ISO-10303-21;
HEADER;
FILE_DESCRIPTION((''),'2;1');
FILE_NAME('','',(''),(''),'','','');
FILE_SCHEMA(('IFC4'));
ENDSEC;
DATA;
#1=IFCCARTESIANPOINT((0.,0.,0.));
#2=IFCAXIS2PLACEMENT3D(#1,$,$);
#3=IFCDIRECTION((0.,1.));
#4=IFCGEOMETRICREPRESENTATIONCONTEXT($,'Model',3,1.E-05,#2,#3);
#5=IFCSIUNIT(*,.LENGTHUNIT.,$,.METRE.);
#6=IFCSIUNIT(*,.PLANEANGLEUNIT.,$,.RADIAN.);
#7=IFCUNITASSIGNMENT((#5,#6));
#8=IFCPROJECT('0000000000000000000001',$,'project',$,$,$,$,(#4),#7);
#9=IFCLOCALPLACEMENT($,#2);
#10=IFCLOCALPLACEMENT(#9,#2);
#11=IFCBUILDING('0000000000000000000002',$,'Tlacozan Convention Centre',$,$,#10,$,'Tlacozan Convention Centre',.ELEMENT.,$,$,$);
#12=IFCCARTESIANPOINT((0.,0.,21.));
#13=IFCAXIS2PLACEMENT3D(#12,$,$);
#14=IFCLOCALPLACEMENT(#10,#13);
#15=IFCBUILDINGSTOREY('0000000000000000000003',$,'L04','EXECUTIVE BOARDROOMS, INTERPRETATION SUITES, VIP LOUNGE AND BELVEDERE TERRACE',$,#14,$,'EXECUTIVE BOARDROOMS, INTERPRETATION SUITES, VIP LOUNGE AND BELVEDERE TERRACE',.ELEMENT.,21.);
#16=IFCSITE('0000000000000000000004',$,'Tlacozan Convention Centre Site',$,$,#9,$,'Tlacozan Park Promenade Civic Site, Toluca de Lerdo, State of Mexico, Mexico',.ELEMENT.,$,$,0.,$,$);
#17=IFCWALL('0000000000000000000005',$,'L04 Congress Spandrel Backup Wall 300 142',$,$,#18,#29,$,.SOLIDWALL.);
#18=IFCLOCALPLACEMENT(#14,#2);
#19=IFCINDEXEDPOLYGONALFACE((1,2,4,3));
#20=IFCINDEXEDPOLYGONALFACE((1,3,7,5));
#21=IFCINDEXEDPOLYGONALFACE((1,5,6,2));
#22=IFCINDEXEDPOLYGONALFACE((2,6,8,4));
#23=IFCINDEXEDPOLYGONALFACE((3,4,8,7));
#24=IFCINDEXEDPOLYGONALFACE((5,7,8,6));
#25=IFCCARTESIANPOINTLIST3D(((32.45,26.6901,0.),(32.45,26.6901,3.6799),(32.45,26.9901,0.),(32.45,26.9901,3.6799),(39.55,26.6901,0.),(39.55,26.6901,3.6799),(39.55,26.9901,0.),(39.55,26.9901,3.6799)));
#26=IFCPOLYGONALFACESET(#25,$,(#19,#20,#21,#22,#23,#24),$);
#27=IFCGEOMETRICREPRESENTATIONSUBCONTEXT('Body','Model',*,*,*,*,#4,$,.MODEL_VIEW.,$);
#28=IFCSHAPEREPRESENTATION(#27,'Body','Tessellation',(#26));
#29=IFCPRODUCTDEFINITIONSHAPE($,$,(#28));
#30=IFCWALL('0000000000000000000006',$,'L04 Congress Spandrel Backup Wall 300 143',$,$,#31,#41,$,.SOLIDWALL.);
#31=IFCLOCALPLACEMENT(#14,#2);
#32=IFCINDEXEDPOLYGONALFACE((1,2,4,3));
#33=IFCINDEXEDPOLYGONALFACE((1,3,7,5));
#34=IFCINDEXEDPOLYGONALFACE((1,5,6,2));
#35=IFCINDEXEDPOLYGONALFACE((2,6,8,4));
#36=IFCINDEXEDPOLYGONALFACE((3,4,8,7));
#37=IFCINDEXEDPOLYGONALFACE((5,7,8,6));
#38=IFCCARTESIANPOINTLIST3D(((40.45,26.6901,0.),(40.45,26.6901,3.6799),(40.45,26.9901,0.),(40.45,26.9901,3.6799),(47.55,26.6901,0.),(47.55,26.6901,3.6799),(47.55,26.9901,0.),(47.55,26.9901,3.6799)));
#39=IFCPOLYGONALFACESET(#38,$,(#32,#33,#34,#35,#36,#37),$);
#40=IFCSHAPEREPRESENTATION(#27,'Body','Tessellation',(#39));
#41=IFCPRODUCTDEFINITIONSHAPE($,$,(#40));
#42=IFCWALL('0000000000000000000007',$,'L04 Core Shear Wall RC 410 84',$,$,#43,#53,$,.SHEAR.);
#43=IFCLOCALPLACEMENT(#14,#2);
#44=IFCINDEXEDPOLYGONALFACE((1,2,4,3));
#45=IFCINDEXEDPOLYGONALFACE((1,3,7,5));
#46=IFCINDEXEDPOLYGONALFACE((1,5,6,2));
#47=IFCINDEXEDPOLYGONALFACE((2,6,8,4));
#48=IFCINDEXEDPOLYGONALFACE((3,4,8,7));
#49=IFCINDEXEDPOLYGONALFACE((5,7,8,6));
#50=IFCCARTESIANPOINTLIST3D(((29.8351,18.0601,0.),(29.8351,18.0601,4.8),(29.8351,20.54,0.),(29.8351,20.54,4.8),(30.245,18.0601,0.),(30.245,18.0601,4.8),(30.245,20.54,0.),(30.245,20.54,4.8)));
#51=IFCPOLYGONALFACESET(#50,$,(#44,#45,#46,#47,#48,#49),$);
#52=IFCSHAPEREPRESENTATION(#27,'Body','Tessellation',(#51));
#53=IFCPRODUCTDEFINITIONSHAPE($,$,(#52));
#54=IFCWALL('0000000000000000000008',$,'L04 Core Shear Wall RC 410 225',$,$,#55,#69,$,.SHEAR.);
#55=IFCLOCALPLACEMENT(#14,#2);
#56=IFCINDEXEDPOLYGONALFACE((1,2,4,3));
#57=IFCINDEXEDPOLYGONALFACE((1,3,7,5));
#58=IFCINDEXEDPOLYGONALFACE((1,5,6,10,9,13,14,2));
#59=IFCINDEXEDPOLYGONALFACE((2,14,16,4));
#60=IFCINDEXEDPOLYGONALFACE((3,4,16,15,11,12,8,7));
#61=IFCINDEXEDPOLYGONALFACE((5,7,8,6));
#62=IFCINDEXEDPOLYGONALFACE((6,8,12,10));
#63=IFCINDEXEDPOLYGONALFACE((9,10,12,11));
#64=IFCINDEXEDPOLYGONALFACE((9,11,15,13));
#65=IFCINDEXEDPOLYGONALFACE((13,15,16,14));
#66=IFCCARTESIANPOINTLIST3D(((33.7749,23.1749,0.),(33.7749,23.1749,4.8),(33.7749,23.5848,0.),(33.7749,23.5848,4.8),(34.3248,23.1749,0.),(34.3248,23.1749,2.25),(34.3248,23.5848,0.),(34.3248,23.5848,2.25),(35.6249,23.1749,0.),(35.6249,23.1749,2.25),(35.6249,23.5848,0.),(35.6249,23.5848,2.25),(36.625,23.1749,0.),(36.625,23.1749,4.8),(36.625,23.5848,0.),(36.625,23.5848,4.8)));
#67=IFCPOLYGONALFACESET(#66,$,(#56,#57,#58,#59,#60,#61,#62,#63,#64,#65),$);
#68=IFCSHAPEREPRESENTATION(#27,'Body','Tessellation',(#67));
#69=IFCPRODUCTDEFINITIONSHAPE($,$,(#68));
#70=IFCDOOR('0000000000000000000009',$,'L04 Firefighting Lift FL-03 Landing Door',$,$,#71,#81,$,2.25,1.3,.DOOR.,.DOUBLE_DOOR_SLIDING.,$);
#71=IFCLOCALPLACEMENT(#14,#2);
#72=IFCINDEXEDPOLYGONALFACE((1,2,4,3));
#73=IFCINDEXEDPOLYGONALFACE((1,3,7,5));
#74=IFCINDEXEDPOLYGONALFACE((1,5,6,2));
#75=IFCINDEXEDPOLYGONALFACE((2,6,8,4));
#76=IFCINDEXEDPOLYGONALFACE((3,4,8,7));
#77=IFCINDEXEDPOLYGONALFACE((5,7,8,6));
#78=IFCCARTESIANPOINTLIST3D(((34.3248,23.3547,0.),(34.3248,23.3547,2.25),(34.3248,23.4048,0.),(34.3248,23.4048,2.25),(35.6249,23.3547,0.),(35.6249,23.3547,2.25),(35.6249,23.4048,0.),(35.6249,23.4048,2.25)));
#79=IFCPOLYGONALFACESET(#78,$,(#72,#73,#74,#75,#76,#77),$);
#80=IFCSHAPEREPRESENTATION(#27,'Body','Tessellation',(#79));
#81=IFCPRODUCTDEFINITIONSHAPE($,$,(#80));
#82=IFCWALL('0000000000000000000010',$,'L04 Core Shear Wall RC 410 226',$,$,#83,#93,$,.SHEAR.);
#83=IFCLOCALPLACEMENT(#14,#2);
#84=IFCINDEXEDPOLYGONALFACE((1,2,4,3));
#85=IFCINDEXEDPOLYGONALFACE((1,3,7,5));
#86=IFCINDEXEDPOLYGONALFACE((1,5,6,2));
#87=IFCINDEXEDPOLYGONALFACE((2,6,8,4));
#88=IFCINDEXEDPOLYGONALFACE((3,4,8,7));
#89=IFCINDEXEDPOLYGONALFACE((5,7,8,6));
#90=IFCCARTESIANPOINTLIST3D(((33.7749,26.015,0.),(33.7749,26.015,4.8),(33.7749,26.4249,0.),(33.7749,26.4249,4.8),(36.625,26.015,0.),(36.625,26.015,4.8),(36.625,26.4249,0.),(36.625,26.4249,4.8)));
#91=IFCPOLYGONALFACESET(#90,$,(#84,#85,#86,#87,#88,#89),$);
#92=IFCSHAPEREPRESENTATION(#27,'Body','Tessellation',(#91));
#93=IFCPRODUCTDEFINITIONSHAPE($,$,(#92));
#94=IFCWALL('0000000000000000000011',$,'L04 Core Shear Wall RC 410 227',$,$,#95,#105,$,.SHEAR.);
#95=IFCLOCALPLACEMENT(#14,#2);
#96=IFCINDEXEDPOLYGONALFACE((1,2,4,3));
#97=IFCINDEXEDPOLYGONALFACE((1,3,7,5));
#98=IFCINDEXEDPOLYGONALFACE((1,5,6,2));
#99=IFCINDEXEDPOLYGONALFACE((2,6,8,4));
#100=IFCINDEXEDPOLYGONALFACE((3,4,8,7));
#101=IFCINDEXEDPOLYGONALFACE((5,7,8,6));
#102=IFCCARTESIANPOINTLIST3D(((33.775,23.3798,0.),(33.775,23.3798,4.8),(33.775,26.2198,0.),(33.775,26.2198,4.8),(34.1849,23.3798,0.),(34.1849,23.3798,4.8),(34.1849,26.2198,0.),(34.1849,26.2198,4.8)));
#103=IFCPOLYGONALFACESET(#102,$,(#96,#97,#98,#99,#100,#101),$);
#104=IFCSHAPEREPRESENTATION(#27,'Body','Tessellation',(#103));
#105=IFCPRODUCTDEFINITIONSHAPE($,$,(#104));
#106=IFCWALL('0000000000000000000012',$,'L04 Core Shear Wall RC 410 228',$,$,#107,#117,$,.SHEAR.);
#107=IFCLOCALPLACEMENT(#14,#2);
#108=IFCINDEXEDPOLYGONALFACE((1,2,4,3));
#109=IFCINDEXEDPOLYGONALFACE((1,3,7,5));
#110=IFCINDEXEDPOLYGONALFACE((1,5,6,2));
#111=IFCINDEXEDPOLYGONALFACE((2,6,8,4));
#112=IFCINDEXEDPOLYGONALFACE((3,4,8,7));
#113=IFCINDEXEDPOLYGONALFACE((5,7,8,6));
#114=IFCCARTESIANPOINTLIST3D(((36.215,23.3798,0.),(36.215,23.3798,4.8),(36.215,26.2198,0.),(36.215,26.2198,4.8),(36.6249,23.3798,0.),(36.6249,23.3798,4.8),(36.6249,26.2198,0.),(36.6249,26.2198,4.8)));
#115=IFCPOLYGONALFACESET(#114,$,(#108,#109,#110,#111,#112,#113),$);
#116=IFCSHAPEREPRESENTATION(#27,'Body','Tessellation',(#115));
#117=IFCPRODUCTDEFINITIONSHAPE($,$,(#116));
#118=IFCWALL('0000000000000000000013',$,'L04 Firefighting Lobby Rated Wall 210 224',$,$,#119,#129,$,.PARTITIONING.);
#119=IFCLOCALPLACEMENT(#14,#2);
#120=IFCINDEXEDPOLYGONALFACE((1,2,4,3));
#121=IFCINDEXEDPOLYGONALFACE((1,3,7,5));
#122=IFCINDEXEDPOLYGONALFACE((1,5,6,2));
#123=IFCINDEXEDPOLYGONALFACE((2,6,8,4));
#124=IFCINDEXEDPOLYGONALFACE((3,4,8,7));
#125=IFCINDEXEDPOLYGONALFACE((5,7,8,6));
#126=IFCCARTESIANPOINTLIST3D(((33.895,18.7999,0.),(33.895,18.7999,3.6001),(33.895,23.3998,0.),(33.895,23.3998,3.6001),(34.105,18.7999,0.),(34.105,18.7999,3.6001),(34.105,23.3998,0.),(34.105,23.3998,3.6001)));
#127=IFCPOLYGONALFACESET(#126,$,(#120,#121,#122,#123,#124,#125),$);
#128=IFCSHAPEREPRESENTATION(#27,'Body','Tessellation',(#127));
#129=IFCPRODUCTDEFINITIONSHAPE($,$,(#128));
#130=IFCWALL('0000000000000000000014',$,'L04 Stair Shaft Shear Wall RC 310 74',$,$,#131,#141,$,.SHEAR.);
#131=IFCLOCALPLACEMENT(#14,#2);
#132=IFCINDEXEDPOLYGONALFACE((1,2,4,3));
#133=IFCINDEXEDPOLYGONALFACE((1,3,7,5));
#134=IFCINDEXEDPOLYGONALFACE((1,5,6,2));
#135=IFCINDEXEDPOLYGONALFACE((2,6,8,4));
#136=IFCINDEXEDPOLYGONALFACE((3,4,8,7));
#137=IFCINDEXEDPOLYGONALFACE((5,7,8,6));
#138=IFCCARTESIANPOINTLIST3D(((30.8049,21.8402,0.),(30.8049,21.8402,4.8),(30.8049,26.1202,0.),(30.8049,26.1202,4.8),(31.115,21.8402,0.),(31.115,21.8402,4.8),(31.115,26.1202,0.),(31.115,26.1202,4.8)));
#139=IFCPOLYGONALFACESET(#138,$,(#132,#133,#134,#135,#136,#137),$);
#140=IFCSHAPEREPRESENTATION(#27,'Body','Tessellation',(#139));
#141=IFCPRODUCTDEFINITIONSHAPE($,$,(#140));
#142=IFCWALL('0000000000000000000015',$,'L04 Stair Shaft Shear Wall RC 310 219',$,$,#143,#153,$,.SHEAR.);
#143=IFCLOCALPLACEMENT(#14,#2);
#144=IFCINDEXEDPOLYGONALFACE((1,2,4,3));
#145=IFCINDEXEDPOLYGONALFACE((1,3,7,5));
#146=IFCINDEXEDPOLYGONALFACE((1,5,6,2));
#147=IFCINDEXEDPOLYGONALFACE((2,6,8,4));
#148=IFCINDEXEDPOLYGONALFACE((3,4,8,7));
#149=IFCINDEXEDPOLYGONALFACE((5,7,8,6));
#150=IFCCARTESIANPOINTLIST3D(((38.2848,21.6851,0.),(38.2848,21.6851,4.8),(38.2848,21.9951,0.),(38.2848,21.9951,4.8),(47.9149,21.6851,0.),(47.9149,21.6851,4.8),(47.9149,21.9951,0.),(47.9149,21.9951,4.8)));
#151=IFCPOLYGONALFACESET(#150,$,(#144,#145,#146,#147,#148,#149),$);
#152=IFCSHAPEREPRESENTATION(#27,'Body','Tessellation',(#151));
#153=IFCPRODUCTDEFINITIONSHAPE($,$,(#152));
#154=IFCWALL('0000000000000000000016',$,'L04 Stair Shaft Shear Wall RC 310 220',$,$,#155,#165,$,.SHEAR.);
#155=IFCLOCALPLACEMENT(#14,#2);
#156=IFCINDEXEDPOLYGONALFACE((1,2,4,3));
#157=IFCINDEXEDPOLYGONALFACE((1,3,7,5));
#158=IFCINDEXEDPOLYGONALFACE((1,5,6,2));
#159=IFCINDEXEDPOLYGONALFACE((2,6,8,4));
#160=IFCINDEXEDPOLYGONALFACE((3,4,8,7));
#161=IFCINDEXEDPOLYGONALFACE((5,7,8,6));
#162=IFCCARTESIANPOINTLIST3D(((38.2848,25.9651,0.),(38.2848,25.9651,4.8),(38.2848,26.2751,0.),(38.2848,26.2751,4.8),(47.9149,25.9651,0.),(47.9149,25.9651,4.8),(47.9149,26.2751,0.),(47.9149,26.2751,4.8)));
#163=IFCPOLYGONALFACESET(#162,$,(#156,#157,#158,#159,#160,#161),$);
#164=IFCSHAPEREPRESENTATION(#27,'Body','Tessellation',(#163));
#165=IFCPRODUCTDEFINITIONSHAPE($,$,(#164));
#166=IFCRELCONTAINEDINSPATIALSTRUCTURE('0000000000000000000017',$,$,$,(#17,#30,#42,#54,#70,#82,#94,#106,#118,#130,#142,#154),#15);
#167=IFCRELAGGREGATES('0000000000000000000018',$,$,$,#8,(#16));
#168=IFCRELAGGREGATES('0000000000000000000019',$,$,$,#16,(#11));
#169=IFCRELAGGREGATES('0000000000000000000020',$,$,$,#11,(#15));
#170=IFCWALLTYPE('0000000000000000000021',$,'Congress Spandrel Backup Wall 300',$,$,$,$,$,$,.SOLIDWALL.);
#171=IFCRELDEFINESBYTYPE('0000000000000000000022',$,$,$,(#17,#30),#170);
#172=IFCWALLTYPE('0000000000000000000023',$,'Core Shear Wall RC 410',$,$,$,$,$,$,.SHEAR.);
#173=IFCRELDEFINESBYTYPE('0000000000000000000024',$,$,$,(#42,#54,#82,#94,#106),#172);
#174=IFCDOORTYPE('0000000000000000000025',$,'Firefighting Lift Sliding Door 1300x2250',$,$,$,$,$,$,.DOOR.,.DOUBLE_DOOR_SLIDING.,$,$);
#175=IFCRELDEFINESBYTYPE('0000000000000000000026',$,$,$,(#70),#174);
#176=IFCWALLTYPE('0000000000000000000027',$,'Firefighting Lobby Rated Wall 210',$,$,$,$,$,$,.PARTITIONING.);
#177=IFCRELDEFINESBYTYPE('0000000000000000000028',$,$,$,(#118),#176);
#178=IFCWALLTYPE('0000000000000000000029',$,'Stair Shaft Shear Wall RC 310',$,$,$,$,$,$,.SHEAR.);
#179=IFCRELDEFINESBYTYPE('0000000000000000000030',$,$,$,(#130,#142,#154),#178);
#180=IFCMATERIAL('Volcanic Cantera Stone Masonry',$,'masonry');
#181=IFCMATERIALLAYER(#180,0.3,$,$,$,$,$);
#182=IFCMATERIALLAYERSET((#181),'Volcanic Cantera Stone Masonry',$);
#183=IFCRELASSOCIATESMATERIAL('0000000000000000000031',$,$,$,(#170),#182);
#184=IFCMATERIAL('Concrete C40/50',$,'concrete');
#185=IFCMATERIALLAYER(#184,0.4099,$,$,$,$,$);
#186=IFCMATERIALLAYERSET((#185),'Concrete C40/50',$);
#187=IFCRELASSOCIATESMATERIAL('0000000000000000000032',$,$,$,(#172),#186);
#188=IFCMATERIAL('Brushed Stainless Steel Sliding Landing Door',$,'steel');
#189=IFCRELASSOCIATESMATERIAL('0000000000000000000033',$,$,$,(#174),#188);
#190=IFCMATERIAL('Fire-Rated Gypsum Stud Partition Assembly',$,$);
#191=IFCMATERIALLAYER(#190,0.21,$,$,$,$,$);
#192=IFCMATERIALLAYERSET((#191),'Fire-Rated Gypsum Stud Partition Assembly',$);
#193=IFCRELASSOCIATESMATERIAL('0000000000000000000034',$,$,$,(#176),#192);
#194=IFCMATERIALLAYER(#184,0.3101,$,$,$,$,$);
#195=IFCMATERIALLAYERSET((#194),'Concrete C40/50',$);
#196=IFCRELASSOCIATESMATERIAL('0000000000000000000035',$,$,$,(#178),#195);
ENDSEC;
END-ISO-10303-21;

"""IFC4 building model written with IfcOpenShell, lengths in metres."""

from ifc_helpers import new_model, si_unit, direction, frame, frame_2d, origin, place, context, subcontext, project, spatial, rectangle, extrude, material, layer, layer_set, type_object, element, fill, save


model = new_model("IFC4")

# Units and contexts
model_context = context("Model", 3, precision=1e-05, world=origin(), true_north=direction((0.0, 1.0)))
body_context = subcontext(model_context, "Body", "Model", "MODEL_VIEW")
ifc_project = project(units=[si_unit("LENGTHUNIT", "METRE"), si_unit("PLANEANGLEUNIT", "RADIAN")], contexts=[model_context])

# Site, building, storey
site_placement = place(None, origin())
site = spatial("IfcSite", under=ifc_project, at=site_placement, Name="Tlacozan Convention Centre Site", LongName="Tlacozan Park Promenade Civic Site, Toluca de Lerdo, State of Mexico, Mexico", CompositionType="ELEMENT", RefElevation=0.0)
building_placement = place(site_placement, origin())
building = spatial("IfcBuilding", under=site, at=building_placement, Name="Tlacozan Convention Centre", LongName="Tlacozan Convention Centre", CompositionType="ELEMENT")
storey_placement = place(building_placement, frame((0.0, 0.0, 21.0)))
storey = spatial("IfcBuildingStorey", under=building, at=storey_placement, Name="L04", Description="EXECUTIVE BOARDROOMS, INTERPRETATION SUITES, VIP LOUNGE AND BELVEDERE TERRACE", LongName="EXECUTIVE BOARDROOMS, INTERPRETATION SUITES, VIP LOUNGE AND BELVEDERE TERRACE", CompositionType="ELEMENT", Elevation=21.0)

# Shared definitions
ifc_material_1 = material(Name="Concrete C40/50", Category="concrete")

# Walls
ifc_material_2 = material(Name="Volcanic Cantera Stone Masonry", Category="masonry")
ifc_layer_1 = layer(ifc_material_2, 0.3)
ifc_layer_set_1 = layer_set([ifc_layer_1], Name="Volcanic Cantera Stone Masonry")
wall_type_1 = type_object("IfcWallType", Name="Congress Spandrel Backup Wall 300", PredefinedType="SOLIDWALL", material=ifc_layer_set_1)
for number, where, z_axis, x_axis, name in (
    (1, (32.45, 26.8401, 0.0), (0.0, 0.0, 1.0), (1.0, 0.0, 0.0), "L04 Congress Spandrel Backup Wall 300 142"),
    (2, (40.45, 26.8401, 0.0), (0.0, 0.0, 1.0), (1.0, 0.0, 0.0), "L04 Congress Spandrel Backup Wall 300 143"),
):
    element("IfcWall", number, at=place(storey_placement, frame(where, z_axis=z_axis, x_axis=x_axis)), inside=storey, type_object=wall_type_1, Name=name, PredefinedType="SOLIDWALL", context=body_context, shape_type="SweptSolid", body=[
        extrude(rectangle(XDim=7.1001, YDim=0.3, at=frame_2d((3.55, 0.0))), origin(), (0.0, 0.0, 1.0), 3.6799),
    ])
ifc_layer_2 = layer(ifc_material_1, 0.4099)
ifc_layer_set_2 = layer_set([ifc_layer_2], Name="Concrete C40/50")
wall_type_2 = type_object("IfcWallType", Name="Core Shear Wall RC 410", PredefinedType="SHEAR", material=ifc_layer_set_2)
wall_1_placement = place(storey_placement, frame((30.04, 18.0601, 0.0), z_axis=(0.0, 0.0, 1.0), x_axis=(0.0, 1.0, 0.0)))
element("IfcWall", 3, at=wall_1_placement, inside=storey, type_object=wall_type_2, Name="L04 Core Shear Wall RC 410 84", PredefinedType="SHEAR", context=body_context, shape_type="SweptSolid", body=[
    extrude(rectangle(XDim=2.48, YDim=0.4099, at=frame_2d((1.24, 0.0))), origin(), (0.0, 0.0, 1.0), 4.8),
])

# Wall, opening, door
wall_2_placement = place(storey_placement, frame((33.7749, 23.3799, 0.0), z_axis=(0.0, 0.0, 1.0), x_axis=(1.0, 0.0, 0.0)))
wall_2 = element("IfcWall", 4, at=wall_2_placement, inside=storey, type_object=wall_type_2, Name="L04 Core Shear Wall RC 410 225", PredefinedType="SHEAR", context=body_context, shape_type="SweptSolid", body=[
    extrude(rectangle(XDim=2.8501, YDim=0.4099, at=frame_2d((1.425, 0.0))), origin(), (0.0, 0.0, 1.0), 4.8),
])
opening_1_placement = place(wall_2_placement, frame((0.55, 0.0, 0.0)))
opening_1 = element("IfcOpeningElement", 5, at=opening_1_placement, cuts=wall_2, PredefinedType="OPENING", context=body_context, shape_type="SweptSolid", body=[
    extrude(rectangle(XDim=1.3, YDim=2.25, at=frame_2d((0.6499, 1.125))), frame((0.0, 0.2148, 0.0), z_axis=(0.0, -1.0, 0.0), x_axis=(1.0, 0.0, 0.0)), (0.0, 0.0, 1.0), 0.4299),
])
ifc_material_3 = material(Name="Brushed Stainless Steel Sliding Landing Door", Category="steel")
door_type_1 = type_object("IfcDoorType", Name="Firefighting Lift Sliding Door 1300x2250", OperationType="DOUBLE_DOOR_SLIDING", PredefinedType="DOOR", material=ifc_material_3)
door_1_placement = place(opening_1_placement, origin())
door_1 = element("IfcDoor", 6, at=door_1_placement, inside=storey, type_object=door_type_1, Name="L04 Firefighting Lift FL-03 Landing Door", OperationType="DOUBLE_DOOR_SLIDING", OverallHeight=2.25, OverallWidth=1.3, PredefinedType="DOOR", context=body_context, shape_type="SweptSolid", body=[
    extrude(rectangle(XDim=1.3, YDim=2.25, at=frame_2d((0.6499, 1.125))), frame((0.0, 0.0249, 0.0), z_axis=(0.0, -1.0, 0.0), x_axis=(1.0, 0.0, 0.0)), (0.0, 0.0, 1.0), 0.05),
])
fill(opening_1, door_1)

# Walls
wall_3_placement = place(storey_placement, frame((33.7749, 26.22, 0.0), z_axis=(0.0, 0.0, 1.0), x_axis=(1.0, 0.0, 0.0)))
element("IfcWall", 7, at=wall_3_placement, inside=storey, type_object=wall_type_2, Name="L04 Core Shear Wall RC 410 226", PredefinedType="SHEAR", context=body_context, shape_type="SweptSolid", body=[
    extrude(rectangle(XDim=2.8501, YDim=0.4099, at=frame_2d((1.425, 0.0))), origin(), (0.0, 0.0, 1.0), 4.8),
])
for number, where, z_axis, x_axis, name in (
    (8, (33.98, 23.3799, 0.0), (0.0, 0.0, 1.0), (0.0, 1.0, 0.0), "L04 Core Shear Wall RC 410 227"),
    (9, (36.4199, 23.3799, 0.0), (0.0, 0.0, 1.0), (0.0, 1.0, 0.0), "L04 Core Shear Wall RC 410 228"),
):
    element("IfcWall", number, at=place(storey_placement, frame(where, z_axis=z_axis, x_axis=x_axis)), inside=storey, type_object=wall_type_2, Name=name, PredefinedType="SHEAR", context=body_context, shape_type="SweptSolid", body=[
        extrude(rectangle(XDim=2.8401, YDim=0.4099, at=frame_2d((1.4199, 0.0))), origin(), (0.0, 0.0, 1.0), 4.8),
    ])

# Shared definitions
ifc_material_4 = material(Name="Fire-Rated Gypsum Stud Partition Assembly")
ifc_layer_3 = layer(ifc_material_4, 0.21)
ifc_layer_set_3 = layer_set([ifc_layer_3], Name="Fire-Rated Gypsum Stud Partition Assembly")
wall_type_3 = type_object("IfcWallType", Name="Firefighting Lobby Rated Wall 210", PredefinedType="PARTITIONING", material=ifc_layer_set_3)

# Walls
wall_4_placement = place(storey_placement, frame((34.0, 18.8, 0.0), z_axis=(0.0, 0.0, 1.0), x_axis=(0.0, 1.0, 0.0)))
element("IfcWall", 10, at=wall_4_placement, inside=storey, type_object=wall_type_3, Name="L04 Firefighting Lobby Rated Wall 210 224", PredefinedType="PARTITIONING", context=body_context, shape_type="SweptSolid", body=[
    extrude(rectangle(XDim=4.5999, YDim=0.21, at=frame_2d((2.2998, 0.0))), origin(), (0.0, 0.0, 1.0), 3.6001),
])
ifc_layer_4 = layer(ifc_material_1, 0.3101)
ifc_layer_set_4 = layer_set([ifc_layer_4], Name="Concrete C40/50")
wall_type_4 = type_object("IfcWallType", Name="Stair Shaft Shear Wall RC 310", PredefinedType="SHEAR", material=ifc_layer_set_4)
wall_5_placement = place(storey_placement, frame((30.96, 21.8401, 0.0), z_axis=(0.0, 0.0, 1.0), x_axis=(0.0, 1.0, 0.0)))
element("IfcWall", 11, at=wall_5_placement, inside=storey, type_object=wall_type_4, Name="L04 Stair Shaft Shear Wall RC 310 74", PredefinedType="SHEAR", context=body_context, shape_type="SweptSolid", body=[
    extrude(rectangle(XDim=4.28, YDim=0.3101, at=frame_2d((2.1401, 0.0))), origin(), (0.0, 0.0, 1.0), 4.8),
])
for number, where, z_axis, x_axis, name in (
    (12, (38.2849, 21.8401, 0.0), (0.0, 0.0, 1.0), (1.0, 0.0, 0.0), "L04 Stair Shaft Shear Wall RC 310 219"),
    (13, (38.2849, 26.1201, 0.0), (0.0, 0.0, 1.0), (1.0, 0.0, 0.0), "L04 Stair Shaft Shear Wall RC 310 220"),
):
    element("IfcWall", number, at=place(storey_placement, frame(where, z_axis=z_axis, x_axis=x_axis)), inside=storey, type_object=wall_type_4, Name=name, PredefinedType="SHEAR", context=body_context, shape_type="SweptSolid", body=[
        extrude(rectangle(XDim=9.6301, YDim=0.3101, at=frame_2d((4.8149, 0.0))), origin(), (0.0, 0.0, 1.0), 4.8),
    ])

save(model, "model.ifc")
